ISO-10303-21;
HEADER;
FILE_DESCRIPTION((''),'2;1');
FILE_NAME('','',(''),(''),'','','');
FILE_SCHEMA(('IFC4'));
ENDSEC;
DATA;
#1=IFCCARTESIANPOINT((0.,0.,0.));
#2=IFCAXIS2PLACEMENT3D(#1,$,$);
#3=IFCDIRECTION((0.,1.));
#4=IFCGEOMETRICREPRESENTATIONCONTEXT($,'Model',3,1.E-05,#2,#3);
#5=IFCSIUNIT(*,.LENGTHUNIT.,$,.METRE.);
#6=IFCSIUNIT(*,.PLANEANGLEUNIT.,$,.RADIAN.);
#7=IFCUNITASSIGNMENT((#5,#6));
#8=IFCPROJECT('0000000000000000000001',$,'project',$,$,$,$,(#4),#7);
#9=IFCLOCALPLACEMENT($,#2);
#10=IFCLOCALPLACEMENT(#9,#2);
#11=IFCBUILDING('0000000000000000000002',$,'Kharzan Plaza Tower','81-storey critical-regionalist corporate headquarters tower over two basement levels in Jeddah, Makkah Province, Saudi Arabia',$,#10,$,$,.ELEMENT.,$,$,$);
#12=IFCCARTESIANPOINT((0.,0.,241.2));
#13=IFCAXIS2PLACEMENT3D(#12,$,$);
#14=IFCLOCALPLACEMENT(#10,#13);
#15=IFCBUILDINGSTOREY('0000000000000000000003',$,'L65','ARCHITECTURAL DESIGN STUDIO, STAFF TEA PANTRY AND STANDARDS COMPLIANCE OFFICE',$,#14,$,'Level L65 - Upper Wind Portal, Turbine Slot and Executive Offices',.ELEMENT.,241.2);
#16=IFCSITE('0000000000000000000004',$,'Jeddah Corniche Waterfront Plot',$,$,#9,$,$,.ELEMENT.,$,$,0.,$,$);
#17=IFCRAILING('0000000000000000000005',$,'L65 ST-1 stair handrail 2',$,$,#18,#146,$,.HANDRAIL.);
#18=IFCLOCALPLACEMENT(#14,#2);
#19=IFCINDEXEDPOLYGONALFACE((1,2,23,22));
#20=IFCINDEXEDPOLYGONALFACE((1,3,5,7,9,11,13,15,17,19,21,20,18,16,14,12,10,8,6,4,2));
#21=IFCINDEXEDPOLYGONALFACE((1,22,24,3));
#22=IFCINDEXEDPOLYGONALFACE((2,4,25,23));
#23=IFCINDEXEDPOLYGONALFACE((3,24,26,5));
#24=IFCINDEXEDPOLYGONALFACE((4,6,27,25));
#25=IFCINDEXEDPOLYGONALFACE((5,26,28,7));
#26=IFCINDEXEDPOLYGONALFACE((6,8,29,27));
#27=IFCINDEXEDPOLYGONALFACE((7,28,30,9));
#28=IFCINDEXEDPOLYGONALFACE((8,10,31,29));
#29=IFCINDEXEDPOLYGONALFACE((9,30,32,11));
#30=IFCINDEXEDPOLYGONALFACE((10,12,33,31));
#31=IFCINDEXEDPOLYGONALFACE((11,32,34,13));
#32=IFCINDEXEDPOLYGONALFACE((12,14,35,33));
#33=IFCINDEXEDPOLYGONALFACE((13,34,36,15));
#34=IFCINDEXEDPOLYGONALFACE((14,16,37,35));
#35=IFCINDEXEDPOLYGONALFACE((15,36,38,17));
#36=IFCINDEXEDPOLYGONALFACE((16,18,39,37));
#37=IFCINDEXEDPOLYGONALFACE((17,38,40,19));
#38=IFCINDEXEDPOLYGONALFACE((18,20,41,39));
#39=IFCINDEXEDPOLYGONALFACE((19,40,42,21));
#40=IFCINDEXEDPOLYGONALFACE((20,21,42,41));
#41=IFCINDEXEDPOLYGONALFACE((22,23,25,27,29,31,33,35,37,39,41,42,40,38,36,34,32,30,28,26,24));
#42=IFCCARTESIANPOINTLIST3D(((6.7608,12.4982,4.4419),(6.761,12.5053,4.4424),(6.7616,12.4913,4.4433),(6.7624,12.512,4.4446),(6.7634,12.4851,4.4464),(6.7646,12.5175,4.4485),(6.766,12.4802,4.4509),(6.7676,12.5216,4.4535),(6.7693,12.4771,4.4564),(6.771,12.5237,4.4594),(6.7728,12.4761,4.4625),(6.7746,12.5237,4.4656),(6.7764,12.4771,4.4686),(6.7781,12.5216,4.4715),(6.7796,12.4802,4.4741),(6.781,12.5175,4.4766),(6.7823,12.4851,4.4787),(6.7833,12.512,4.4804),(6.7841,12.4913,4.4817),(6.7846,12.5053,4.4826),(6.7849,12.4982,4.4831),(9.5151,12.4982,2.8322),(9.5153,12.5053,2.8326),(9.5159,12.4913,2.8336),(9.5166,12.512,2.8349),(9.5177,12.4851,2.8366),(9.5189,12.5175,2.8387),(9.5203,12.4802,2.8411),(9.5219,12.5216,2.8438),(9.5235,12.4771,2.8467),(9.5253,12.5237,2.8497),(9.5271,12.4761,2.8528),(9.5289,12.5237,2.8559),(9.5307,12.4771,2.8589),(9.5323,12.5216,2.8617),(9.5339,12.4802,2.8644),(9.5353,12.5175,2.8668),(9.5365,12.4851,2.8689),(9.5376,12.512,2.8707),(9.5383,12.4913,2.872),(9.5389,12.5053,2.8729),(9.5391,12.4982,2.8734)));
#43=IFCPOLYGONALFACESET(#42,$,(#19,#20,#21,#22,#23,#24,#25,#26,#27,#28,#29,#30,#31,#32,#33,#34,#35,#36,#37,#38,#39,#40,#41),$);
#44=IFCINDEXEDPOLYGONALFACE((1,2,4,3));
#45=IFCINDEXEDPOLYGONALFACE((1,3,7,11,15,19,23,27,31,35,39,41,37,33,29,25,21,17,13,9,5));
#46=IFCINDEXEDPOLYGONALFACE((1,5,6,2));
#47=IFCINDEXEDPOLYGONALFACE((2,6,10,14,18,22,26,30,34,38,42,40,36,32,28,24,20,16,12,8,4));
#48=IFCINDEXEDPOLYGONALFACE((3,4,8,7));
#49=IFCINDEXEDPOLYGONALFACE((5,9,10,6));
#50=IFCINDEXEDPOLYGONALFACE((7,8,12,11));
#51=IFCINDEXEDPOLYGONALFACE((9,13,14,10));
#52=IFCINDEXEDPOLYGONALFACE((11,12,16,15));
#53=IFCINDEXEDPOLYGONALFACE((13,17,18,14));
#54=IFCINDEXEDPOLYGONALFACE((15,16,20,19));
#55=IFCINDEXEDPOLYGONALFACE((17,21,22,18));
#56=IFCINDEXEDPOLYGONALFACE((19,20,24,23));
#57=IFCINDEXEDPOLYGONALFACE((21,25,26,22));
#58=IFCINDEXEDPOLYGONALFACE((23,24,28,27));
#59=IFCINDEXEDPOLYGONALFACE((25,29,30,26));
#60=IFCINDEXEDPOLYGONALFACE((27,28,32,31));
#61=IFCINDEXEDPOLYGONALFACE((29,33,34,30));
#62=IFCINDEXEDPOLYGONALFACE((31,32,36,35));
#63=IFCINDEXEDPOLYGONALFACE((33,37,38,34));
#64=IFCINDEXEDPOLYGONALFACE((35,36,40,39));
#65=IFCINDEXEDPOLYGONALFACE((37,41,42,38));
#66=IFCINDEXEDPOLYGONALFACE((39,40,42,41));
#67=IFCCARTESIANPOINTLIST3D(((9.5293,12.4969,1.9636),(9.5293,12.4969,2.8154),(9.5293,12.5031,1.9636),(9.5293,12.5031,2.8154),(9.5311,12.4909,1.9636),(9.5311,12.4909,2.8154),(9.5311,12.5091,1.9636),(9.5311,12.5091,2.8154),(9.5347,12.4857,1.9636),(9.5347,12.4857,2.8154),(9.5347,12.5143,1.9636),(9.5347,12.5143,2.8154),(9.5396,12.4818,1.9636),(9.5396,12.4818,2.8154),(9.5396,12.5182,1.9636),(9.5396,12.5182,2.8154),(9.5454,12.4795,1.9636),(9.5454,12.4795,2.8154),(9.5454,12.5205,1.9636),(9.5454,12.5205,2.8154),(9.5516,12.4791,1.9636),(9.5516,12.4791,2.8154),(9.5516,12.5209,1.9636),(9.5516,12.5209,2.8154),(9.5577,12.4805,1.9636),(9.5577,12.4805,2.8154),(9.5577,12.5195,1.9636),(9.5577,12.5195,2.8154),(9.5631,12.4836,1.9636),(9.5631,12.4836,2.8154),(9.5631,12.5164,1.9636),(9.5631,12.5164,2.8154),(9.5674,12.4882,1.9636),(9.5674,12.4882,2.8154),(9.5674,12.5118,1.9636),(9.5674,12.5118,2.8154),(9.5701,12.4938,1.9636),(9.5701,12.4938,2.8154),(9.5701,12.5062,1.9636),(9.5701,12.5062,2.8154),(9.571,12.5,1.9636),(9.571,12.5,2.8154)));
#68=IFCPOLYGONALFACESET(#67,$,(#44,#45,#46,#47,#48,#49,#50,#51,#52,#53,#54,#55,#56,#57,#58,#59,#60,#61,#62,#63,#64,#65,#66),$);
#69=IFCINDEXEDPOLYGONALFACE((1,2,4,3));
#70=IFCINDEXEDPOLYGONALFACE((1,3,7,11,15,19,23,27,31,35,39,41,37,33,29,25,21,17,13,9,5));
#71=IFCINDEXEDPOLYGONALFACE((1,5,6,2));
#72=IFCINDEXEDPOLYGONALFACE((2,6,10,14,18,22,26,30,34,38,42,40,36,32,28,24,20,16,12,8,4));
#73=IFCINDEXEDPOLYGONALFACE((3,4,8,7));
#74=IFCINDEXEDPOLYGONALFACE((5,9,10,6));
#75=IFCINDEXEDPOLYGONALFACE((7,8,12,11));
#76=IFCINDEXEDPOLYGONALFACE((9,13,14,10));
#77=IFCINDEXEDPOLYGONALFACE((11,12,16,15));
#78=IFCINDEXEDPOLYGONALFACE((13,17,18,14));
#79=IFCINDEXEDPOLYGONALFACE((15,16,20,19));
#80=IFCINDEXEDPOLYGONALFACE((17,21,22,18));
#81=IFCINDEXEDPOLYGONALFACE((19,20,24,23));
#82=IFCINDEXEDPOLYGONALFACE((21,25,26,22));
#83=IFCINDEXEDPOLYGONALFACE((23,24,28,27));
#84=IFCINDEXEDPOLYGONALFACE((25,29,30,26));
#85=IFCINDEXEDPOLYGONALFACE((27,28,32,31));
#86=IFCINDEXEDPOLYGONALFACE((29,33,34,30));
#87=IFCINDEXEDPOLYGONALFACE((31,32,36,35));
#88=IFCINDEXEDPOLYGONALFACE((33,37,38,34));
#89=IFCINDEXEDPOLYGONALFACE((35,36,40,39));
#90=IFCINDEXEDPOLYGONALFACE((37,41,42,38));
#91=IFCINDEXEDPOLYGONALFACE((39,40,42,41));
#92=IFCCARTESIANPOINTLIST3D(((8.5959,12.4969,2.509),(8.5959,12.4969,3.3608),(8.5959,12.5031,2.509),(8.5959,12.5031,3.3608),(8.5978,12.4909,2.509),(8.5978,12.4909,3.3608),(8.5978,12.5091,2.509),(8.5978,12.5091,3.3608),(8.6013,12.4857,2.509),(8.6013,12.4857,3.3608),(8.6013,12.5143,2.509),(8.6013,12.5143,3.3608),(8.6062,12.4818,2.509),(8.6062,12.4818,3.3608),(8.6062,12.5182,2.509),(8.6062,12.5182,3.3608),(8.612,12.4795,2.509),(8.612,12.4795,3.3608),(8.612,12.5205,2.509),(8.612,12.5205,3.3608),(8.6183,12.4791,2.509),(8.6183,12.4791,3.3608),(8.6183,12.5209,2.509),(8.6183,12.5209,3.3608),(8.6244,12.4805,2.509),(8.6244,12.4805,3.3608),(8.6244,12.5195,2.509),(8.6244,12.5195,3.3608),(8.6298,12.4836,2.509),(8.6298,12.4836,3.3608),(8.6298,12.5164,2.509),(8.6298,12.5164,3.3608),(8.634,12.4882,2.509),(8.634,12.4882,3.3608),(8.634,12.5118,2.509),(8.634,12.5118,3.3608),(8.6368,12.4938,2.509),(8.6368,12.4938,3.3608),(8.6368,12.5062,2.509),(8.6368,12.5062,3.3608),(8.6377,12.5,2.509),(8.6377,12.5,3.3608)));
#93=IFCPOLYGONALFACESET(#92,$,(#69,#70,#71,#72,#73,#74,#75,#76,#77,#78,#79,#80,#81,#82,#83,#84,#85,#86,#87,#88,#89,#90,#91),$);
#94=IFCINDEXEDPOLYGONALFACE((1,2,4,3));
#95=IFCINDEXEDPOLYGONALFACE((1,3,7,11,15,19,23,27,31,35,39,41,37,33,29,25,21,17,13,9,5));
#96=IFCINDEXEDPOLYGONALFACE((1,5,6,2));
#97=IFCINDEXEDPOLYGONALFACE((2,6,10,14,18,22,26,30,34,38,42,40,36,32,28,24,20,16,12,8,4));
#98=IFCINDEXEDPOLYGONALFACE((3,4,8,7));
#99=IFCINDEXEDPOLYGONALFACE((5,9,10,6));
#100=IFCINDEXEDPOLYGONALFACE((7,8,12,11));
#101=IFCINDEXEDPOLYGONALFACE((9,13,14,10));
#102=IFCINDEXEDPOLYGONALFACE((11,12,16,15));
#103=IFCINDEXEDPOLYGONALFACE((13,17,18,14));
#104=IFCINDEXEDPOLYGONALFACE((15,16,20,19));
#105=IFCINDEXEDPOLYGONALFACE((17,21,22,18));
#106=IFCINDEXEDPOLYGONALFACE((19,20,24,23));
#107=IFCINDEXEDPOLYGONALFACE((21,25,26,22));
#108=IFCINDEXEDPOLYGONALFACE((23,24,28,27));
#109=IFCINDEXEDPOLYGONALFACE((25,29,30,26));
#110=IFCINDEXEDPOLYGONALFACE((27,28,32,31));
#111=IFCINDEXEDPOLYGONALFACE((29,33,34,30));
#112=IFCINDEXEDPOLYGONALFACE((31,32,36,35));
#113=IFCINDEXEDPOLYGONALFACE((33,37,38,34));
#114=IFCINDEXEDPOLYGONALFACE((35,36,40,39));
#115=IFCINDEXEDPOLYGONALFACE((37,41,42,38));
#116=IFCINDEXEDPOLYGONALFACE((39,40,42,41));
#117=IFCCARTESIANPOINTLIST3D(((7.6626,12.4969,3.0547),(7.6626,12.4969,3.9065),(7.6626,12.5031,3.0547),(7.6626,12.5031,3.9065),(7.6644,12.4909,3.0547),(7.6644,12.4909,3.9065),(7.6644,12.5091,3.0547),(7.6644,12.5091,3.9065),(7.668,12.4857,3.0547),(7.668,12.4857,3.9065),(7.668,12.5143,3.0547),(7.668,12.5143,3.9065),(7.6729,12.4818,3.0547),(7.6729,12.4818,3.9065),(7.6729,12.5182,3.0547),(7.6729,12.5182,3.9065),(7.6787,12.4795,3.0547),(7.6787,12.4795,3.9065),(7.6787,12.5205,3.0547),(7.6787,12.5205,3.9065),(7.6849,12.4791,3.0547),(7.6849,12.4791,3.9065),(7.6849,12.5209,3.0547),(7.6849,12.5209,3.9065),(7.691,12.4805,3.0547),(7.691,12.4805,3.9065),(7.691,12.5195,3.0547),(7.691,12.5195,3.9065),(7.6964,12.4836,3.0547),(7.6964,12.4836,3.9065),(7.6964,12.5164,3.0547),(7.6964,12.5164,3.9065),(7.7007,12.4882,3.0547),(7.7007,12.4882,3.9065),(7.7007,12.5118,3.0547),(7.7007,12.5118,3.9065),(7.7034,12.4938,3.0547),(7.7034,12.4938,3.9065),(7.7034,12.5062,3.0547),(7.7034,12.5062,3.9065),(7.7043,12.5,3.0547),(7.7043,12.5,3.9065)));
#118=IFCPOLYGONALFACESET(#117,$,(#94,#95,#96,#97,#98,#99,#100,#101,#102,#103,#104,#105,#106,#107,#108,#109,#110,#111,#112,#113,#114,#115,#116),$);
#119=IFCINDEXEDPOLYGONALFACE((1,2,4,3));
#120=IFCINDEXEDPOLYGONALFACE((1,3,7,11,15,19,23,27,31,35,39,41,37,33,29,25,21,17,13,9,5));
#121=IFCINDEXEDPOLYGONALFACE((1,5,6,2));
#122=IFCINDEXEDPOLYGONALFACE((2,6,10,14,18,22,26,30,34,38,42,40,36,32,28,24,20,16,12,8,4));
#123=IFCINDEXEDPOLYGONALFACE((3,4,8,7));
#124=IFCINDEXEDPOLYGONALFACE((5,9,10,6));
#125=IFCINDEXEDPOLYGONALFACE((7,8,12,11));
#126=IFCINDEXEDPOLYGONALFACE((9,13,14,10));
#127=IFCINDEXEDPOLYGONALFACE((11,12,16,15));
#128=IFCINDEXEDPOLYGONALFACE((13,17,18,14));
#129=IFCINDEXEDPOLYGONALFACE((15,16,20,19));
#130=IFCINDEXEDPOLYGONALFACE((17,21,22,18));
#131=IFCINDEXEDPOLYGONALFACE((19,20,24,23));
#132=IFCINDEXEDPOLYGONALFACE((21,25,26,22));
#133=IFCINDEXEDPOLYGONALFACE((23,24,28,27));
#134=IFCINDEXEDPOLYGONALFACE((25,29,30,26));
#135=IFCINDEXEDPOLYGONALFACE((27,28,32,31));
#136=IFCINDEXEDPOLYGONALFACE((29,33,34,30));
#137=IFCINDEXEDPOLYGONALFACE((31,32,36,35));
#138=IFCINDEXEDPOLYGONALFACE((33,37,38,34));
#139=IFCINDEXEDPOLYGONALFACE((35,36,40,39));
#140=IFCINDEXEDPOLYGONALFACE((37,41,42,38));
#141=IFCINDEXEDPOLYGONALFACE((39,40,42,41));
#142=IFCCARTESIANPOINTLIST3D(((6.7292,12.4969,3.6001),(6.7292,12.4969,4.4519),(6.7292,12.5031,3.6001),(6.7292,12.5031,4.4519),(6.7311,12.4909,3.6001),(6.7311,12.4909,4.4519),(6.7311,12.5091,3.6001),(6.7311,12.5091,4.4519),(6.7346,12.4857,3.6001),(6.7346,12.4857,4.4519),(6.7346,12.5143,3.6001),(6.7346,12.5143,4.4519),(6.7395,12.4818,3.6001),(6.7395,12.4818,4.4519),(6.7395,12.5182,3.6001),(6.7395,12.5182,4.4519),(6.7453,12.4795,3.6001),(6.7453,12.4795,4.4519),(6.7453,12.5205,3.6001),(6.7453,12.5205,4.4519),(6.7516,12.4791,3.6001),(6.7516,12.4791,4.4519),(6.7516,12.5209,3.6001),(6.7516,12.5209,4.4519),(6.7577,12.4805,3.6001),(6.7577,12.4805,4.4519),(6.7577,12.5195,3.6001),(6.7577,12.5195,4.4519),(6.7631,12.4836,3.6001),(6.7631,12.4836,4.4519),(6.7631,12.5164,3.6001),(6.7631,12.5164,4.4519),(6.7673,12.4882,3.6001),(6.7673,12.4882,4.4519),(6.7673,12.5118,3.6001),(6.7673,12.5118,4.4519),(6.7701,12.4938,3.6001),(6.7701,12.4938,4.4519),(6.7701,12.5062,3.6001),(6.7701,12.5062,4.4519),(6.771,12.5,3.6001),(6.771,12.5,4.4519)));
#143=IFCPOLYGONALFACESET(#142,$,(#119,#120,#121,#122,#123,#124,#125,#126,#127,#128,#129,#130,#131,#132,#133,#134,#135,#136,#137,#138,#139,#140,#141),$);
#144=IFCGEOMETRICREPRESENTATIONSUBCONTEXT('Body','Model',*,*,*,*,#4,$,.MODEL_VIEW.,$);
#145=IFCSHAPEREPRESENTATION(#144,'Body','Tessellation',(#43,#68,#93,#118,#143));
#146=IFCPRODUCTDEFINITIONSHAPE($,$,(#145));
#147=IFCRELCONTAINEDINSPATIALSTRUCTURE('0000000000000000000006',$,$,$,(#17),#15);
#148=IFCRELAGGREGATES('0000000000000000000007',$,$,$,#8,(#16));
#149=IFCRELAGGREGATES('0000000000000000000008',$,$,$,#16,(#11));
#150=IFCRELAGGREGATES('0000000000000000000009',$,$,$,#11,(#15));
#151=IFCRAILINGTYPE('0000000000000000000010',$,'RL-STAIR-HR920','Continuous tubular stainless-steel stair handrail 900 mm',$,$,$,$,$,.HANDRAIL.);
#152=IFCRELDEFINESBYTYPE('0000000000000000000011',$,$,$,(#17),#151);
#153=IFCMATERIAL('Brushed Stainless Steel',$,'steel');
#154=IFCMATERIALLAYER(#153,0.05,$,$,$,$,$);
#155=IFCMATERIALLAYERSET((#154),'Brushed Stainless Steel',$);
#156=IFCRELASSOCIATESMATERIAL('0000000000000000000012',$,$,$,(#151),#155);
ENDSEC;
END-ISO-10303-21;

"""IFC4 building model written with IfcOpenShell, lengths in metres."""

from ifc_helpers import new_model, si_unit, direction, frame, origin, origin_2d, place, context, subcontext, project, spatial, circle, extrude, source, transform, mapped, material, layer, layer_set, type_object, element, save


model = new_model("IFC4")

# Units and contexts
model_context = context("Model", 3, precision=1e-05, world=origin(), true_north=direction((0.0, 1.0)))
body_context = subcontext(model_context, "Body", "Model", "MODEL_VIEW")
ifc_project = project(units=[si_unit("LENGTHUNIT", "METRE"), si_unit("PLANEANGLEUNIT", "RADIAN")], contexts=[model_context])

# Site, building, storey
site_placement = place(None, origin())
site = spatial("IfcSite", under=ifc_project, at=site_placement, Name="Jeddah Corniche Waterfront Plot", CompositionType="ELEMENT", RefElevation=0.0)
building_placement = place(site_placement, origin())
building = spatial("IfcBuilding", under=site, at=building_placement, Name="Kharzan Plaza Tower", Description="81-storey critical-regionalist corporate headquarters tower over two basement levels in Jeddah, Makkah Province, Saudi Arabia", CompositionType="ELEMENT")
storey_placement = place(building_placement, frame((0.0, 0.0, 241.2)))
storey = spatial("IfcBuildingStorey", under=building, at=storey_placement, Name="L65", Description="ARCHITECTURAL DESIGN STUDIO, STAFF TEA PANTRY AND STANDARDS COMPLIANCE OFFICE", LongName="Level L65 - Upper Wind Portal, Turbine Slot and Executive Offices", CompositionType="ELEMENT", Elevation=241.2)

# Shared definitions
ifc_material_1 = material(Name="Brushed Stainless Steel", Category="steel")

# Railing
ifc_layer_1 = layer(ifc_material_1, 0.05)
ifc_layer_set_1 = layer_set([ifc_layer_1], Name="Brushed Stainless Steel")
railing_type_1 = type_object("IfcRailingType", Name="RL-STAIR-HR920", Description="Continuous tubular stainless-steel stair handrail 900 mm", PredefinedType="HANDRAIL", material=ifc_layer_set_1)
shared_shape_1 = source(origin(), body_context, "Body", "SweptSolid", [
    extrude(circle(Radius=0.0239, at=origin_2d()), frame((-0.0229, 0.0, 0.8892), z_axis=(-0.863361, 0.0, 0.504587), x_axis=(0.0, -1.0, 0.0)), (0.0, 0.0, 1.0), 3.1902),
    extrude(circle(Radius=0.021, at=origin_2d()), origin(), (0.0, 0.0, 1.0), 0.8518),
    extrude(circle(Radius=0.021, at=origin_2d()), frame((-0.9333, 0.0, 0.5454)), (0.0, 0.0, 1.0), 0.8518),
    extrude(circle(Radius=0.021, at=origin_2d()), frame((-1.8667, 0.0, 1.0911)), (0.0, 0.0, 1.0), 0.8518),
    extrude(circle(Radius=0.021, at=origin_2d()), frame((-2.8, 0.0, 1.6365)), (0.0, 0.0, 1.0), 0.8518),
])
railing_1_placement = place(storey_placement, frame((9.55, 12.5, 1.9636)))
element("IfcRailing", 1, at=railing_1_placement, inside=storey, type_object=railing_type_1, Name="L65 ST-1 stair handrail 2", PredefinedType="HANDRAIL", context=body_context, shape_type="MappedRepresentation", body=[
    mapped(shared_shape_1, transform((0.0, 0.0, 0.0), x_axis=(1.0, 0.0, 0.0), y_axis=(0.0, 1.0, 0.0), z_axis=(0.0, 0.0, 1.0))),
])

save(model, "model.ifc")
